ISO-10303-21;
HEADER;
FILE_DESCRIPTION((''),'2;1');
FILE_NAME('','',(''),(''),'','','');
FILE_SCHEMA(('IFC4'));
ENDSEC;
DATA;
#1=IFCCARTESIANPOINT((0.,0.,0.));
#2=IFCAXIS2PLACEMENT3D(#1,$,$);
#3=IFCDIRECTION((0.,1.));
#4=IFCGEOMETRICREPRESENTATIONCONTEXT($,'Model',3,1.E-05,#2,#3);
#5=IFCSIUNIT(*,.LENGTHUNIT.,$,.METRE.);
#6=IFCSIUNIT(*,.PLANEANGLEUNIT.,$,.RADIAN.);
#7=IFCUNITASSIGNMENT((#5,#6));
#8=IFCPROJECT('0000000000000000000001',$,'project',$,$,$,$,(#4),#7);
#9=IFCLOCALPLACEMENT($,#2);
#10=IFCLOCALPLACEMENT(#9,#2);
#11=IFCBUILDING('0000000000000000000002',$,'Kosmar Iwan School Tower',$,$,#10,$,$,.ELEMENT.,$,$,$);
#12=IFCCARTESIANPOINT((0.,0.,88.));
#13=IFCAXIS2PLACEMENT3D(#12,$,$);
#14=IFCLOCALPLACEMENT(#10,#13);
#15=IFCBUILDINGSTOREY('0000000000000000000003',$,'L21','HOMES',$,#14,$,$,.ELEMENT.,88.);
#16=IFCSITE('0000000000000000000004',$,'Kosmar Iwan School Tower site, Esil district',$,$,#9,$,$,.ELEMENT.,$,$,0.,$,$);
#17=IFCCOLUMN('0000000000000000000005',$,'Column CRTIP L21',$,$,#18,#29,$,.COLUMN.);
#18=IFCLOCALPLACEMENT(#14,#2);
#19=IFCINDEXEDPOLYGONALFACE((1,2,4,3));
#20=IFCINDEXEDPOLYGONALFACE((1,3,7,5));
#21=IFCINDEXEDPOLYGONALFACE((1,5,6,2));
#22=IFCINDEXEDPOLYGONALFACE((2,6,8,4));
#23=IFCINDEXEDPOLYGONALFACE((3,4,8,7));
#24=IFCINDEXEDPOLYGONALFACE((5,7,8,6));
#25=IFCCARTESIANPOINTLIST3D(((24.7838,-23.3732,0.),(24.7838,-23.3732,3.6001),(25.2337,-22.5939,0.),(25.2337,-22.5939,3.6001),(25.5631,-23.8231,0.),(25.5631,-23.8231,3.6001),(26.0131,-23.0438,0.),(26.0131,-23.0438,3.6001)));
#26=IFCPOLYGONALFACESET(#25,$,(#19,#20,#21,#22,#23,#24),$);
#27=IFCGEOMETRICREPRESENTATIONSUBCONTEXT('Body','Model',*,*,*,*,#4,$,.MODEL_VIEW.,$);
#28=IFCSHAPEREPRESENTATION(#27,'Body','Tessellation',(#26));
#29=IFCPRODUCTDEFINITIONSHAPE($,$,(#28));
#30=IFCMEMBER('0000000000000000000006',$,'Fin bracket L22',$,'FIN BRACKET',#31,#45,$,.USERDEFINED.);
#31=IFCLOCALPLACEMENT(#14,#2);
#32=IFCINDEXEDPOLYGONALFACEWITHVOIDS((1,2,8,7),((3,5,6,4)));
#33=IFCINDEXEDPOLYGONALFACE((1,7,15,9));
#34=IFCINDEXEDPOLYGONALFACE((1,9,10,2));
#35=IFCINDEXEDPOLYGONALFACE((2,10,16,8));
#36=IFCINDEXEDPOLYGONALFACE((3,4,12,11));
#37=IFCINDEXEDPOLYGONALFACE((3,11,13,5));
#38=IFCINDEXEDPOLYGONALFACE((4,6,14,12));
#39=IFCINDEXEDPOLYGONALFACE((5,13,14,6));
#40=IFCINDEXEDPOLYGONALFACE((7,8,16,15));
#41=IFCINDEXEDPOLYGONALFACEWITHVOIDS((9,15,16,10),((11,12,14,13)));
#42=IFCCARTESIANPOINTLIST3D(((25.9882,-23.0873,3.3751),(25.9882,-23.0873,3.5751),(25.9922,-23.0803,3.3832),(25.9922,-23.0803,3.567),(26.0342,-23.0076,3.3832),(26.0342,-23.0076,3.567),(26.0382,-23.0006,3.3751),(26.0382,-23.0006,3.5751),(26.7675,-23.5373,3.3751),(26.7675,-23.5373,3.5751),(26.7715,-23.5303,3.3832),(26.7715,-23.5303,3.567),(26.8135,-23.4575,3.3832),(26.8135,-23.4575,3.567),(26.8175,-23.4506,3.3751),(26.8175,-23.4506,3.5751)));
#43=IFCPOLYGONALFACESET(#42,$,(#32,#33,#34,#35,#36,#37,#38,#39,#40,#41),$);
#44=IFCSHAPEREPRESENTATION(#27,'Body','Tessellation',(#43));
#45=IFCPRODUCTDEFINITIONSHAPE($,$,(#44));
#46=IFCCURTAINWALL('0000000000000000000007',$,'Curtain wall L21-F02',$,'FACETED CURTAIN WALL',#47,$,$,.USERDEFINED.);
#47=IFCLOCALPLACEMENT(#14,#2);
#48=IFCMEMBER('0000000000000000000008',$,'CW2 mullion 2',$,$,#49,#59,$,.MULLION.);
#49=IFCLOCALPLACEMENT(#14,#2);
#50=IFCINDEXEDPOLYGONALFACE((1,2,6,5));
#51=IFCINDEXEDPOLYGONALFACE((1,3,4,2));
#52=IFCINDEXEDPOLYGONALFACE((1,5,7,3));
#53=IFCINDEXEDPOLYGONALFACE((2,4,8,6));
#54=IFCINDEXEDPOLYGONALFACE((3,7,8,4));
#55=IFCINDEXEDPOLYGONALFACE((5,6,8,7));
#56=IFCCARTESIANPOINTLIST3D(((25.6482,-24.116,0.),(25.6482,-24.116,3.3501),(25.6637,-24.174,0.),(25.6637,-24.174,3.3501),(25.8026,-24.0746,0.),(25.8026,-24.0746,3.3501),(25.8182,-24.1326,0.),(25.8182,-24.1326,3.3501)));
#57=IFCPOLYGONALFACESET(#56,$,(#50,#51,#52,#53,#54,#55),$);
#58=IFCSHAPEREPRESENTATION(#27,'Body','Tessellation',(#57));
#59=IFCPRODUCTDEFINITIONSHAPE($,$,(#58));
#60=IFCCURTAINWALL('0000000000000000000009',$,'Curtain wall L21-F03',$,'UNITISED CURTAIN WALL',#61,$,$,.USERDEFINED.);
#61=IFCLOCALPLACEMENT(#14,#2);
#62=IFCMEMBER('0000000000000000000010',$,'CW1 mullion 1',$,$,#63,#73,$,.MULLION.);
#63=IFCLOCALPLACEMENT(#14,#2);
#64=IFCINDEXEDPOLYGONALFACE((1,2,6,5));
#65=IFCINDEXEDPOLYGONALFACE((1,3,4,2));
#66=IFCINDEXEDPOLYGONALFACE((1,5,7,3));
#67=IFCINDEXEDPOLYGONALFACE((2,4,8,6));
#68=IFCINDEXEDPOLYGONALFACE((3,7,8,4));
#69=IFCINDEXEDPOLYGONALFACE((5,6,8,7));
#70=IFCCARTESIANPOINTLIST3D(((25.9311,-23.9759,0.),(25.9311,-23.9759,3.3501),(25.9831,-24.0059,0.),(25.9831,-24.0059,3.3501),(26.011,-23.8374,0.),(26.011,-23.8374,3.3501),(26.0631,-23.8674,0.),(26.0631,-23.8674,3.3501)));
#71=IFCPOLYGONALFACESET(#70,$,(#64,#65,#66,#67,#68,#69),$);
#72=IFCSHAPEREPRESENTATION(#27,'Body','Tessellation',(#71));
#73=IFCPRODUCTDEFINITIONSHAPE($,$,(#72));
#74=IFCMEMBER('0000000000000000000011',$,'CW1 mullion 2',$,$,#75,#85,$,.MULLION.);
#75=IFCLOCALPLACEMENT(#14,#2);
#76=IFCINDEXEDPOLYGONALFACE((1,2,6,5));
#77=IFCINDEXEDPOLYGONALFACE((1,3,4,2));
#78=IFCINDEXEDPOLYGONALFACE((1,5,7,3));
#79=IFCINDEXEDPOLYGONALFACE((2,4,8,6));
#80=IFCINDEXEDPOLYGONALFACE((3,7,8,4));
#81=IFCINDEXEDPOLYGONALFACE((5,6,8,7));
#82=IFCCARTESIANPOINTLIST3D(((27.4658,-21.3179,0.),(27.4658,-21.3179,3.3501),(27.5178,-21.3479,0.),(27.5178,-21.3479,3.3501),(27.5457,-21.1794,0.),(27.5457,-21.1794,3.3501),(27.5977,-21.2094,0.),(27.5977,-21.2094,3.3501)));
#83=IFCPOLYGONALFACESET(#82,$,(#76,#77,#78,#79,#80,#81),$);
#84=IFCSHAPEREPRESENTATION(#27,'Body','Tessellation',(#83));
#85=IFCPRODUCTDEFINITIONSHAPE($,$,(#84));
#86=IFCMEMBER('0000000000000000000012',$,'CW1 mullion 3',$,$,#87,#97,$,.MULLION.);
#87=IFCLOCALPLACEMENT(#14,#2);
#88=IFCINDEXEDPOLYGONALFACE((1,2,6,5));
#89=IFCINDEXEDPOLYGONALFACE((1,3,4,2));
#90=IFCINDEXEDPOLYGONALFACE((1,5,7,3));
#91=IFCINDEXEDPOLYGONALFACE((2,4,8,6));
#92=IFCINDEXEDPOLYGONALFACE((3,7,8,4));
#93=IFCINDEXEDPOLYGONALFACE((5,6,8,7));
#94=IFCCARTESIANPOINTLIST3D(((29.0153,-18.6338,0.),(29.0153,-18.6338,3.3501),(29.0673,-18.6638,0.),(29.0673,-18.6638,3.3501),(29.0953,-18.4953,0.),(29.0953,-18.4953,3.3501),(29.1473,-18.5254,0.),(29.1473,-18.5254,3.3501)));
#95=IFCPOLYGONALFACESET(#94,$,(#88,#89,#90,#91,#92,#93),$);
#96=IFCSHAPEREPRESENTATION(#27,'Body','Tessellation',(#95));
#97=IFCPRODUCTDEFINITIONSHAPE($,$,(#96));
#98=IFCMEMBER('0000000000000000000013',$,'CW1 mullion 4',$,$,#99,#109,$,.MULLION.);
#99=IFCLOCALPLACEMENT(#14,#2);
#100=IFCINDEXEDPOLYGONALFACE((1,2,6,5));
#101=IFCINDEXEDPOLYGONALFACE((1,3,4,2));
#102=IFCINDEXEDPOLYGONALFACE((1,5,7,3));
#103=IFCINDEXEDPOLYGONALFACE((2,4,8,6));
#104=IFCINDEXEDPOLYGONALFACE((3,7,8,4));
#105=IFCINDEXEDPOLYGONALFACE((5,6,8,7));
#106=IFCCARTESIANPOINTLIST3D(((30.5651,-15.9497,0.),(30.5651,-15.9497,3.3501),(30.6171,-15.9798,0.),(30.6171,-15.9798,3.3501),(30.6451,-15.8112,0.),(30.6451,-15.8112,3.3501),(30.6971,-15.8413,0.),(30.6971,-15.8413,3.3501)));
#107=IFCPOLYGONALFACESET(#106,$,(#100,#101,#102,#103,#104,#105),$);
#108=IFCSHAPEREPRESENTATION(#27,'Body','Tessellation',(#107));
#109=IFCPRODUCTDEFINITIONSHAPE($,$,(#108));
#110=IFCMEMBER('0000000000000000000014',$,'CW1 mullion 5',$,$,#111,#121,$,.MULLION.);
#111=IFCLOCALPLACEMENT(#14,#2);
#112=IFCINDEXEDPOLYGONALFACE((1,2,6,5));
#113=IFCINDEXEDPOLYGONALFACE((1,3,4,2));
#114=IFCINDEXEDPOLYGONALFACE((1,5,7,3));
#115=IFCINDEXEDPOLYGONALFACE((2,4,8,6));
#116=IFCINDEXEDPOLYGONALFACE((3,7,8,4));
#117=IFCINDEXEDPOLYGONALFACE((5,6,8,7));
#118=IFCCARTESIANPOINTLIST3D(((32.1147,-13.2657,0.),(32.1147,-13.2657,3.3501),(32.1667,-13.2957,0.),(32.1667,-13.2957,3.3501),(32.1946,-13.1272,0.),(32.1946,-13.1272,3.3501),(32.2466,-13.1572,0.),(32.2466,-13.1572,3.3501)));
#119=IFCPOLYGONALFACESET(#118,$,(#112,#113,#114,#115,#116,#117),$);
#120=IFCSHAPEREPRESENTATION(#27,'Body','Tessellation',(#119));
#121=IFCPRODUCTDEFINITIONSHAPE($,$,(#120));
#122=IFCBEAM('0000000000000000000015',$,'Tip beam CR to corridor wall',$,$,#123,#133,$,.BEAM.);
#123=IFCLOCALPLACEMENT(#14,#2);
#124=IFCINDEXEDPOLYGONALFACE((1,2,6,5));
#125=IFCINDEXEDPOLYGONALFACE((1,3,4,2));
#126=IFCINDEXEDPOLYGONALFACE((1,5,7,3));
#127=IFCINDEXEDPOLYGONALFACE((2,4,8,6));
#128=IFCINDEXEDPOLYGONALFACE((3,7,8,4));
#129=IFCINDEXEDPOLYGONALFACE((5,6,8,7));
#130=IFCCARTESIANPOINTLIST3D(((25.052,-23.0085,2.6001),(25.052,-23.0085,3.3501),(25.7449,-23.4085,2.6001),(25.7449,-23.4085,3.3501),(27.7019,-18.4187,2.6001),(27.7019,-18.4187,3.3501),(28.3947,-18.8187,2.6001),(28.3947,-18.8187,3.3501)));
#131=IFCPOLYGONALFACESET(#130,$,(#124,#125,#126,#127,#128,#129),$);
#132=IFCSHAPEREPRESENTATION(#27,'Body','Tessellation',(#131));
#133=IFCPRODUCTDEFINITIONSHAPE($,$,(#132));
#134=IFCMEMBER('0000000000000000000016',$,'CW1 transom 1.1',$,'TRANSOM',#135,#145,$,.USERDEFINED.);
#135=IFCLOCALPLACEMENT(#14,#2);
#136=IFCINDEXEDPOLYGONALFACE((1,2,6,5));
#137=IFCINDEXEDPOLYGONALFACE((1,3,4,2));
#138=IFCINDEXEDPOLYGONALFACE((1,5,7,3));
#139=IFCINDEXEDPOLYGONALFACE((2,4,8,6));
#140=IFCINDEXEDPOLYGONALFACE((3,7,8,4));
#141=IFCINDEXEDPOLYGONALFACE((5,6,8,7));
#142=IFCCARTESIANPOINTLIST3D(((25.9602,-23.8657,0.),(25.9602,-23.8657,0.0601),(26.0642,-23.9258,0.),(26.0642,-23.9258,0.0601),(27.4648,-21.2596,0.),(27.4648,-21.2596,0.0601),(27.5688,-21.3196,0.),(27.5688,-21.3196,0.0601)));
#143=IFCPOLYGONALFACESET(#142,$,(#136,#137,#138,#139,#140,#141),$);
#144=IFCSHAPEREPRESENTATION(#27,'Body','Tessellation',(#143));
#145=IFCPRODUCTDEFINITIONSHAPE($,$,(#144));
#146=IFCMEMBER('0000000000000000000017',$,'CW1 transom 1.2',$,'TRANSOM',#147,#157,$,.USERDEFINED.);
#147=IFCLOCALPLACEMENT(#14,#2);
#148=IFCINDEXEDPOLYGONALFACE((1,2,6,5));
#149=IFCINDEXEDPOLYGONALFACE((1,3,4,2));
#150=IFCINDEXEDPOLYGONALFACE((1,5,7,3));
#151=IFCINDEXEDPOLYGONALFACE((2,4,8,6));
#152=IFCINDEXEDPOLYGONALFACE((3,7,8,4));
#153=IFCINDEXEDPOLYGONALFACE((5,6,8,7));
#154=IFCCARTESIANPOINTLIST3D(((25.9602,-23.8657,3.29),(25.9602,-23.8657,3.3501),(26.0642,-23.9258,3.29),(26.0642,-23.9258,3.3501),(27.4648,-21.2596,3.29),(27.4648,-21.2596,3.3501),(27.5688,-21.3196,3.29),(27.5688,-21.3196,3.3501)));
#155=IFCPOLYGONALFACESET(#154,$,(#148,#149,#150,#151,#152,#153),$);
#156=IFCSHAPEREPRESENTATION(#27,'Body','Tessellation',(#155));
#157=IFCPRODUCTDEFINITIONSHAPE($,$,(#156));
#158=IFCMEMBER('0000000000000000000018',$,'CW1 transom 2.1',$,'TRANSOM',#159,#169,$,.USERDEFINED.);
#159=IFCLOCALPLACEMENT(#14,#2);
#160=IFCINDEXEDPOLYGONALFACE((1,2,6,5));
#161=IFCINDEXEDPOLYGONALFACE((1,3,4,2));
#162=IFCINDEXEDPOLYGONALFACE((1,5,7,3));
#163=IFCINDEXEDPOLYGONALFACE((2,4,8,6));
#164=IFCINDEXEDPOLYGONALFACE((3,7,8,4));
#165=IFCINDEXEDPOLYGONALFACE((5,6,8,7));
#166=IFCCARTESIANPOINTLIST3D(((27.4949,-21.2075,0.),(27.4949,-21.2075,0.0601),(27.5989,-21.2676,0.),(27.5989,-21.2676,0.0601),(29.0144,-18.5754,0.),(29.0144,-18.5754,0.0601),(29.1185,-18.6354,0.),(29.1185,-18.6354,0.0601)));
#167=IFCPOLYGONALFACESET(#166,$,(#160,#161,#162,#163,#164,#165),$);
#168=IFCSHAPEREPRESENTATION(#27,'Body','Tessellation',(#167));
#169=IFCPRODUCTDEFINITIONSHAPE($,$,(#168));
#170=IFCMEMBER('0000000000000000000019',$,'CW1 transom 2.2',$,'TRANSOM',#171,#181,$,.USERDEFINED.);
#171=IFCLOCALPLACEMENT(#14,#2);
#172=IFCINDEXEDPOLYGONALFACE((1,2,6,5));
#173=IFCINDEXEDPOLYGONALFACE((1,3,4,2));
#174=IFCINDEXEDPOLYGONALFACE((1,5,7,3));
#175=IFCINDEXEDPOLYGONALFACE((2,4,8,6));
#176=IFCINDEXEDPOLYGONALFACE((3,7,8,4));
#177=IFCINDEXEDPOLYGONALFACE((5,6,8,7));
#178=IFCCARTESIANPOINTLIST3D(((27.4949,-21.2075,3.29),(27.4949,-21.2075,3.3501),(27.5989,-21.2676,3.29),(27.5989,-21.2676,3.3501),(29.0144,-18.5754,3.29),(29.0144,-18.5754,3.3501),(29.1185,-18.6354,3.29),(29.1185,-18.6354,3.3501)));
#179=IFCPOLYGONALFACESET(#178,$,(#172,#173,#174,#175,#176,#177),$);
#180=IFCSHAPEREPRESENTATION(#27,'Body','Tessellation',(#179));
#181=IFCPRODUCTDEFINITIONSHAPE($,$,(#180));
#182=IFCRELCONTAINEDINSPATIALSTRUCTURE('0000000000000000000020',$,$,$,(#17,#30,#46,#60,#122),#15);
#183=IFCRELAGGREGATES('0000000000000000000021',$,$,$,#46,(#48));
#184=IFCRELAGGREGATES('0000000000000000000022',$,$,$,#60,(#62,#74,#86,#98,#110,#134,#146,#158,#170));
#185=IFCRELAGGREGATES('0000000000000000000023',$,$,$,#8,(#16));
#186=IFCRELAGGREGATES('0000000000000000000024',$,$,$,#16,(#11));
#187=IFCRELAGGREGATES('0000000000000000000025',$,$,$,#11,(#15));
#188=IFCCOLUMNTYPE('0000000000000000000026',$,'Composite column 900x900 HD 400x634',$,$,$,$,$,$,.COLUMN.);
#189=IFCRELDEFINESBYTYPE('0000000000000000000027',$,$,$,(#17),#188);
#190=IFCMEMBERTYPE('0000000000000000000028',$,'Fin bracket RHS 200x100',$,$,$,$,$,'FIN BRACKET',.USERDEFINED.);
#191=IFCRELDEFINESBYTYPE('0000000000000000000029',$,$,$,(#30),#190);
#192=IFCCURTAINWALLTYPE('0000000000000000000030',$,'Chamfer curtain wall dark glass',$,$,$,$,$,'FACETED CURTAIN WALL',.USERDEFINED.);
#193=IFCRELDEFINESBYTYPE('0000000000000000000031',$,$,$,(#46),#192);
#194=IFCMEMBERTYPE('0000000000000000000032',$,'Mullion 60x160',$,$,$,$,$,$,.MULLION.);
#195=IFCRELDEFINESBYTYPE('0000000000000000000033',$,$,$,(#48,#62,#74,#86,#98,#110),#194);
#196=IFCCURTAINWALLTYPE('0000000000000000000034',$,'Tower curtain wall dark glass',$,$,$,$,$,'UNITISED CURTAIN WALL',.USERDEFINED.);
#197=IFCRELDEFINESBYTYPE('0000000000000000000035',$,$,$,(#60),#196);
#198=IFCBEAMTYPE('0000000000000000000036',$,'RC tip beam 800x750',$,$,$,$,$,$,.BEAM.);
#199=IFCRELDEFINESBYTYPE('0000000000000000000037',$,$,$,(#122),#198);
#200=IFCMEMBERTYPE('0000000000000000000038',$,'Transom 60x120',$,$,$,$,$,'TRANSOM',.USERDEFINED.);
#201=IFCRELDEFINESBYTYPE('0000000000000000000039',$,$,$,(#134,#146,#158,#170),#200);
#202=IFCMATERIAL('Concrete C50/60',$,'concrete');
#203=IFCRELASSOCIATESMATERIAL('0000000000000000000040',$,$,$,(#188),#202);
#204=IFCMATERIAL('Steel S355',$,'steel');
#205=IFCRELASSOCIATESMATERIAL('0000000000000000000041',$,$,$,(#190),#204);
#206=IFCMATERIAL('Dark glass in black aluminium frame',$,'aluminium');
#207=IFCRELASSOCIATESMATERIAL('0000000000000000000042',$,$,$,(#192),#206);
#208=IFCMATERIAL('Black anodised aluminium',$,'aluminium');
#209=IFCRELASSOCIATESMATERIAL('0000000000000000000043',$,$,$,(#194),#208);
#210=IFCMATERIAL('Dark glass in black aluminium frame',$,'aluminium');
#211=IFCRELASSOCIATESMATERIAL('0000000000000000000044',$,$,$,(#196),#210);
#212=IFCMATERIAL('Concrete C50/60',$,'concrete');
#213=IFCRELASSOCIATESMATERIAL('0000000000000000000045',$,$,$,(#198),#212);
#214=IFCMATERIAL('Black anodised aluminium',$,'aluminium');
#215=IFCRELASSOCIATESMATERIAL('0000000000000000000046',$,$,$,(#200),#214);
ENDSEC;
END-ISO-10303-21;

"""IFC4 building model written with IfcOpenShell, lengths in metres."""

from ifc_helpers import new_model, si_unit, direction, frame, origin, origin_2d, place, context, subcontext, project, spatial, rectangle, hollow_rectangle, extrude, material, material_profile, profile_set, type_object, element, aggregate, save


model = new_model("IFC4")

# Units and contexts
model_context = context("Model", 3, precision=1e-05, world=origin(), true_north=direction((0.0, 1.0)))
body_context = subcontext(model_context, "Body", "Model", "MODEL_VIEW")
ifc_project = project(units=[si_unit("LENGTHUNIT", "METRE"), si_unit("PLANEANGLEUNIT", "RADIAN")], contexts=[model_context])

# Site, building, storey
site_placement = place(None, origin())
site = spatial("IfcSite", under=ifc_project, at=site_placement, Name="Kosmar Iwan School Tower site, Esil district", CompositionType="ELEMENT", RefElevation=0.0)
building_placement = place(site_placement, origin())
building = spatial("IfcBuilding", under=site, at=building_placement, Name="Kosmar Iwan School Tower", CompositionType="ELEMENT")
storey_placement = place(building_placement, frame((0.0, 0.0, 88.0)))
storey = spatial("IfcBuildingStorey", under=building, at=storey_placement, Name="L21", Description="HOMES", CompositionType="ELEMENT", Elevation=88.0)

# Column
ifc_material_1 = material(Name="Concrete C50/60", Category="concrete")
ifc_material_profile_1 = material_profile(ifc_material_1, rectangle(XDim=0.8999, YDim=0.8999, at=origin_2d()), Name="RC 900x900 + HD 400x634")
ifc_profile_set_1 = profile_set([ifc_material_profile_1], Name="Concrete C50/60")
column_type = type_object("IfcColumnType", Name="Composite column 900x900 HD 400x634", PredefinedType="COLUMN", material=ifc_profile_set_1)
column_placement = place(storey_placement, frame((25.3984, -23.2085, 0.0), z_axis=(0.0, 0.0, 1.0), x_axis=(0.866025, -0.5, 0.0)))
element("IfcColumn", 1, at=column_placement, inside=storey, type_object=column_type, Name="Column CRTIP L21", PredefinedType="COLUMN", context=body_context, shape_type="SweptSolid", body=[
    extrude(rectangle(XDim=0.8999, YDim=0.8999, at=origin_2d()), origin(), (0.0, 0.0, 1.0), 3.6001),
])

# Member
ifc_material_2 = material(Name="Steel S355", Category="steel")
ifc_material_profile_2 = material_profile(ifc_material_2, hollow_rectangle(XDim=0.1001, YDim=0.2, WallThickness=0.0081, at=origin_2d()), Name="RHS 200x100x8")
ifc_profile_set_2 = profile_set([ifc_material_profile_2], Name="Steel S355")
member_type_1 = type_object("IfcMemberType", Name="Fin bracket RHS 200x100", ElementType="FIN BRACKET", PredefinedType="USERDEFINED", material=ifc_profile_set_2)
member_1_placement = place(storey_placement, frame((26.0132, -23.0439, 3.4751), z_axis=(0.866014, -0.50002, 0.0), x_axis=(0.50002, 0.866014, 0.0)))
element("IfcMember", 2, at=member_1_placement, inside=storey, type_object=member_type_1, Name="Fin bracket L22", ObjectType="FIN BRACKET", PredefinedType="USERDEFINED", context=body_context, shape_type="SweptSolid", body=[
    extrude(hollow_rectangle(XDim=0.1001, YDim=0.2, WallThickness=0.0081, at=origin_2d()), origin(), (0.0, 0.0, 1.0), 0.8999),
])

# Curtain wall, member
ifc_material_3 = material(Name="Dark glass in black aluminium frame", Category="aluminium")
curtain_wall_type_1 = type_object("IfcCurtainWallType", Name="Chamfer curtain wall dark glass", ElementType="FACETED CURTAIN WALL", PredefinedType="USERDEFINED", material=ifc_material_3)
curtain_wall_1_placement = place(storey_placement, origin())
curtain_wall_1 = element("IfcCurtainWall", 3, at=curtain_wall_1_placement, inside=storey, type_object=curtain_wall_type_1, Name="Curtain wall L21-F02", ObjectType="FACETED CURTAIN WALL", PredefinedType="USERDEFINED")
ifc_material_4 = material(Name="Black anodised aluminium", Category="aluminium")
ifc_material_profile_3 = material_profile(ifc_material_4, rectangle(XDim=0.0601, YDim=0.1599, at=origin_2d()), Name="MULLION 60x160")
ifc_profile_set_3 = profile_set([ifc_material_profile_3], Name="Black anodised aluminium")
member_type_2 = type_object("IfcMemberType", Name="Mullion 60x160", PredefinedType="MULLION", material=ifc_profile_set_3)
member_2_placement = place(storey_placement, frame((25.7332, -24.1243, 0.0), z_axis=(0.0, 0.0, 1.0), x_axis=(-0.258819, 0.965926, 0.0)))
member_2 = element("IfcMember", 4, at=member_2_placement, type_object=member_type_2, Name="CW2 mullion 2", PredefinedType="MULLION", context=body_context, shape_type="SweptSolid", body=[
    extrude(rectangle(XDim=0.0601, YDim=0.1599, at=origin_2d()), origin(), (0.0, 0.0, 1.0), 3.3501),
])

# Curtain wall, members
ifc_material_5 = material(Name="Dark glass in black aluminium frame", Category="aluminium")
curtain_wall_type_2 = type_object("IfcCurtainWallType", Name="Tower curtain wall dark glass", ElementType="UNITISED CURTAIN WALL", PredefinedType="USERDEFINED", material=ifc_material_5)
curtain_wall_2_placement = place(storey_placement, origin())
curtain_wall_2 = element("IfcCurtainWall", 5, at=curtain_wall_2_placement, inside=storey, type_object=curtain_wall_type_2, Name="Curtain wall L21-F03", ObjectType="UNITISED CURTAIN WALL", PredefinedType="USERDEFINED")
member_3_placement = place(storey_placement, frame((25.9971, -23.9216, 0.0), z_axis=(0.0, 0.0, 1.0), x_axis=(-0.866025, 0.5, 0.0)))
member_3 = element("IfcMember", 6, at=member_3_placement, type_object=member_type_2, Name="CW1 mullion 1", PredefinedType="MULLION", context=body_context, shape_type="SweptSolid", body=[
    extrude(rectangle(XDim=0.0601, YDim=0.1599, at=origin_2d()), origin(), (0.0, 0.0, 1.0), 3.3501),
])
member_4_placement = place(storey_placement, frame((27.5317, -21.2637, 0.0), z_axis=(0.0, 0.0, 1.0), x_axis=(-0.866025, 0.5, 0.0)))
member_4 = element("IfcMember", 7, at=member_4_placement, type_object=member_type_2, Name="CW1 mullion 2", PredefinedType="MULLION", context=body_context, shape_type="SweptSolid", body=[
    extrude(rectangle(XDim=0.0601, YDim=0.1599, at=origin_2d()), origin(), (0.0, 0.0, 1.0), 3.3501),
])
member_5_placement = place(storey_placement, frame((29.0813, -18.5796, 0.0), z_axis=(0.0, 0.0, 1.0), x_axis=(-0.866025, 0.5, 0.0)))
member_5 = element("IfcMember", 8, at=member_5_placement, type_object=member_type_2, Name="CW1 mullion 3", PredefinedType="MULLION", context=body_context, shape_type="SweptSolid", body=[
    extrude(rectangle(XDim=0.0601, YDim=0.1599, at=origin_2d()), origin(), (0.0, 0.0, 1.0), 3.3501),
])
member_6_placement = place(storey_placement, frame((30.6311, -15.8955, 0.0), z_axis=(0.0, 0.0, 1.0), x_axis=(-0.866025, 0.5, 0.0)))
member_6 = element("IfcMember", 9, at=member_6_placement, type_object=member_type_2, Name="CW1 mullion 4", PredefinedType="MULLION", context=body_context, shape_type="SweptSolid", body=[
    extrude(rectangle(XDim=0.0601, YDim=0.1599, at=origin_2d()), origin(), (0.0, 0.0, 1.0), 3.3501),
])
member_7_placement = place(storey_placement, frame((32.1807, -13.2114, 0.0), z_axis=(0.0, 0.0, 1.0), x_axis=(-0.866025, 0.5, 0.0)))
member_7 = element("IfcMember", 10, at=member_7_placement, type_object=member_type_2, Name="CW1 mullion 5", PredefinedType="MULLION", context=body_context, shape_type="SweptSolid", body=[
    extrude(rectangle(XDim=0.0601, YDim=0.1599, at=origin_2d()), origin(), (0.0, 0.0, 1.0), 3.3501),
])

# Beam
ifc_material_6 = material(Name="Concrete C50/60", Category="concrete")
ifc_material_profile_4 = material_profile(ifc_material_6, rectangle(XDim=0.8, YDim=0.75, at=origin_2d()), Name="RC 800x750")
ifc_profile_set_4 = profile_set([ifc_material_profile_4], Name="Concrete C50/60")
beam_type = type_object("IfcBeamType", Name="RC tip beam 800x750", PredefinedType="BEAM", material=ifc_profile_set_4)
beam_placement = place(storey_placement, frame((25.3984, -23.2085, 2.9751), z_axis=(0.499994, 0.866029, 0.0), x_axis=(-0.866029, 0.499994, 0.0)))
element("IfcBeam", 11, at=beam_placement, inside=storey, type_object=beam_type, Name="Tip beam CR to corridor wall", PredefinedType="BEAM", context=body_context, shape_type="SweptSolid", body=[
    extrude(rectangle(XDim=0.8, YDim=0.75, at=origin_2d()), origin(), (0.0, 0.0, 1.0), 5.2998),
])

# Members
ifc_material_7 = material(Name="Black anodised aluminium", Category="aluminium")
ifc_material_profile_5 = material_profile(ifc_material_7, rectangle(XDim=0.1201, YDim=0.0601, at=origin_2d()), Name="TRANSOM 60x120")
ifc_profile_set_5 = profile_set([ifc_material_profile_5], Name="Black anodised aluminium")
member_type_3 = type_object("IfcMemberType", Name="Transom 60x120", ElementType="TRANSOM", PredefinedType="USERDEFINED", material=ifc_profile_set_5)
member_8_placement = place(storey_placement, frame((26.0122, -23.8958, 0.03), z_axis=(0.499987, 0.866033, 0.0), x_axis=(-0.866033, 0.499987, 0.0)))
member_8 = element("IfcMember", 12, at=member_8_placement, type_object=member_type_3, Name="CW1 transom 1.1", ObjectType="TRANSOM", PredefinedType="USERDEFINED", context=body_context, shape_type="SweptSolid", body=[
    extrude(rectangle(XDim=0.1201, YDim=0.0601, at=origin_2d()), origin(), (0.0, 0.0, 1.0), 3.0093),
])
member_9_placement = place(storey_placement, frame((26.0122, -23.8958, 3.3201), z_axis=(0.499987, 0.866033, 0.0), x_axis=(-0.866033, 0.499987, 0.0)))
member_9 = element("IfcMember", 13, at=member_9_placement, type_object=member_type_3, Name="CW1 transom 1.2", ObjectType="TRANSOM", PredefinedType="USERDEFINED", context=body_context, shape_type="SweptSolid", body=[
    extrude(rectangle(XDim=0.1201, YDim=0.0601, at=origin_2d()), origin(), (0.0, 0.0, 1.0), 3.0093),
])
member_10_placement = place(storey_placement, frame((27.5469, -21.2375, 0.03), z_axis=(0.499975, 0.86604, 0.0), x_axis=(-0.86604, 0.499975, 0.0)))
member_10 = element("IfcMember", 14, at=member_10_placement, type_object=member_type_3, Name="CW1 transom 2.1", ObjectType="TRANSOM", PredefinedType="USERDEFINED", context=body_context, shape_type="SweptSolid", body=[
    extrude(rectangle(XDim=0.1201, YDim=0.0601, at=origin_2d()), origin(), (0.0, 0.0, 1.0), 3.0393),
])
member_11_placement = place(storey_placement, frame((27.5469, -21.2375, 3.3201), z_axis=(0.499975, 0.86604, 0.0), x_axis=(-0.86604, 0.499975, 0.0)))
member_11 = element("IfcMember", 15, at=member_11_placement, type_object=member_type_3, Name="CW1 transom 2.2", ObjectType="TRANSOM", PredefinedType="USERDEFINED", context=body_context, shape_type="SweptSolid", body=[
    extrude(rectangle(XDim=0.1201, YDim=0.0601, at=origin_2d()), origin(), (0.0, 0.0, 1.0), 3.0393),
])

aggregate(curtain_wall_1, [member_2])
aggregate(curtain_wall_2, [member_3, member_4, member_5, member_6, member_7, member_8, member_9, member_10, member_11])

save(model, "model.ifc")
